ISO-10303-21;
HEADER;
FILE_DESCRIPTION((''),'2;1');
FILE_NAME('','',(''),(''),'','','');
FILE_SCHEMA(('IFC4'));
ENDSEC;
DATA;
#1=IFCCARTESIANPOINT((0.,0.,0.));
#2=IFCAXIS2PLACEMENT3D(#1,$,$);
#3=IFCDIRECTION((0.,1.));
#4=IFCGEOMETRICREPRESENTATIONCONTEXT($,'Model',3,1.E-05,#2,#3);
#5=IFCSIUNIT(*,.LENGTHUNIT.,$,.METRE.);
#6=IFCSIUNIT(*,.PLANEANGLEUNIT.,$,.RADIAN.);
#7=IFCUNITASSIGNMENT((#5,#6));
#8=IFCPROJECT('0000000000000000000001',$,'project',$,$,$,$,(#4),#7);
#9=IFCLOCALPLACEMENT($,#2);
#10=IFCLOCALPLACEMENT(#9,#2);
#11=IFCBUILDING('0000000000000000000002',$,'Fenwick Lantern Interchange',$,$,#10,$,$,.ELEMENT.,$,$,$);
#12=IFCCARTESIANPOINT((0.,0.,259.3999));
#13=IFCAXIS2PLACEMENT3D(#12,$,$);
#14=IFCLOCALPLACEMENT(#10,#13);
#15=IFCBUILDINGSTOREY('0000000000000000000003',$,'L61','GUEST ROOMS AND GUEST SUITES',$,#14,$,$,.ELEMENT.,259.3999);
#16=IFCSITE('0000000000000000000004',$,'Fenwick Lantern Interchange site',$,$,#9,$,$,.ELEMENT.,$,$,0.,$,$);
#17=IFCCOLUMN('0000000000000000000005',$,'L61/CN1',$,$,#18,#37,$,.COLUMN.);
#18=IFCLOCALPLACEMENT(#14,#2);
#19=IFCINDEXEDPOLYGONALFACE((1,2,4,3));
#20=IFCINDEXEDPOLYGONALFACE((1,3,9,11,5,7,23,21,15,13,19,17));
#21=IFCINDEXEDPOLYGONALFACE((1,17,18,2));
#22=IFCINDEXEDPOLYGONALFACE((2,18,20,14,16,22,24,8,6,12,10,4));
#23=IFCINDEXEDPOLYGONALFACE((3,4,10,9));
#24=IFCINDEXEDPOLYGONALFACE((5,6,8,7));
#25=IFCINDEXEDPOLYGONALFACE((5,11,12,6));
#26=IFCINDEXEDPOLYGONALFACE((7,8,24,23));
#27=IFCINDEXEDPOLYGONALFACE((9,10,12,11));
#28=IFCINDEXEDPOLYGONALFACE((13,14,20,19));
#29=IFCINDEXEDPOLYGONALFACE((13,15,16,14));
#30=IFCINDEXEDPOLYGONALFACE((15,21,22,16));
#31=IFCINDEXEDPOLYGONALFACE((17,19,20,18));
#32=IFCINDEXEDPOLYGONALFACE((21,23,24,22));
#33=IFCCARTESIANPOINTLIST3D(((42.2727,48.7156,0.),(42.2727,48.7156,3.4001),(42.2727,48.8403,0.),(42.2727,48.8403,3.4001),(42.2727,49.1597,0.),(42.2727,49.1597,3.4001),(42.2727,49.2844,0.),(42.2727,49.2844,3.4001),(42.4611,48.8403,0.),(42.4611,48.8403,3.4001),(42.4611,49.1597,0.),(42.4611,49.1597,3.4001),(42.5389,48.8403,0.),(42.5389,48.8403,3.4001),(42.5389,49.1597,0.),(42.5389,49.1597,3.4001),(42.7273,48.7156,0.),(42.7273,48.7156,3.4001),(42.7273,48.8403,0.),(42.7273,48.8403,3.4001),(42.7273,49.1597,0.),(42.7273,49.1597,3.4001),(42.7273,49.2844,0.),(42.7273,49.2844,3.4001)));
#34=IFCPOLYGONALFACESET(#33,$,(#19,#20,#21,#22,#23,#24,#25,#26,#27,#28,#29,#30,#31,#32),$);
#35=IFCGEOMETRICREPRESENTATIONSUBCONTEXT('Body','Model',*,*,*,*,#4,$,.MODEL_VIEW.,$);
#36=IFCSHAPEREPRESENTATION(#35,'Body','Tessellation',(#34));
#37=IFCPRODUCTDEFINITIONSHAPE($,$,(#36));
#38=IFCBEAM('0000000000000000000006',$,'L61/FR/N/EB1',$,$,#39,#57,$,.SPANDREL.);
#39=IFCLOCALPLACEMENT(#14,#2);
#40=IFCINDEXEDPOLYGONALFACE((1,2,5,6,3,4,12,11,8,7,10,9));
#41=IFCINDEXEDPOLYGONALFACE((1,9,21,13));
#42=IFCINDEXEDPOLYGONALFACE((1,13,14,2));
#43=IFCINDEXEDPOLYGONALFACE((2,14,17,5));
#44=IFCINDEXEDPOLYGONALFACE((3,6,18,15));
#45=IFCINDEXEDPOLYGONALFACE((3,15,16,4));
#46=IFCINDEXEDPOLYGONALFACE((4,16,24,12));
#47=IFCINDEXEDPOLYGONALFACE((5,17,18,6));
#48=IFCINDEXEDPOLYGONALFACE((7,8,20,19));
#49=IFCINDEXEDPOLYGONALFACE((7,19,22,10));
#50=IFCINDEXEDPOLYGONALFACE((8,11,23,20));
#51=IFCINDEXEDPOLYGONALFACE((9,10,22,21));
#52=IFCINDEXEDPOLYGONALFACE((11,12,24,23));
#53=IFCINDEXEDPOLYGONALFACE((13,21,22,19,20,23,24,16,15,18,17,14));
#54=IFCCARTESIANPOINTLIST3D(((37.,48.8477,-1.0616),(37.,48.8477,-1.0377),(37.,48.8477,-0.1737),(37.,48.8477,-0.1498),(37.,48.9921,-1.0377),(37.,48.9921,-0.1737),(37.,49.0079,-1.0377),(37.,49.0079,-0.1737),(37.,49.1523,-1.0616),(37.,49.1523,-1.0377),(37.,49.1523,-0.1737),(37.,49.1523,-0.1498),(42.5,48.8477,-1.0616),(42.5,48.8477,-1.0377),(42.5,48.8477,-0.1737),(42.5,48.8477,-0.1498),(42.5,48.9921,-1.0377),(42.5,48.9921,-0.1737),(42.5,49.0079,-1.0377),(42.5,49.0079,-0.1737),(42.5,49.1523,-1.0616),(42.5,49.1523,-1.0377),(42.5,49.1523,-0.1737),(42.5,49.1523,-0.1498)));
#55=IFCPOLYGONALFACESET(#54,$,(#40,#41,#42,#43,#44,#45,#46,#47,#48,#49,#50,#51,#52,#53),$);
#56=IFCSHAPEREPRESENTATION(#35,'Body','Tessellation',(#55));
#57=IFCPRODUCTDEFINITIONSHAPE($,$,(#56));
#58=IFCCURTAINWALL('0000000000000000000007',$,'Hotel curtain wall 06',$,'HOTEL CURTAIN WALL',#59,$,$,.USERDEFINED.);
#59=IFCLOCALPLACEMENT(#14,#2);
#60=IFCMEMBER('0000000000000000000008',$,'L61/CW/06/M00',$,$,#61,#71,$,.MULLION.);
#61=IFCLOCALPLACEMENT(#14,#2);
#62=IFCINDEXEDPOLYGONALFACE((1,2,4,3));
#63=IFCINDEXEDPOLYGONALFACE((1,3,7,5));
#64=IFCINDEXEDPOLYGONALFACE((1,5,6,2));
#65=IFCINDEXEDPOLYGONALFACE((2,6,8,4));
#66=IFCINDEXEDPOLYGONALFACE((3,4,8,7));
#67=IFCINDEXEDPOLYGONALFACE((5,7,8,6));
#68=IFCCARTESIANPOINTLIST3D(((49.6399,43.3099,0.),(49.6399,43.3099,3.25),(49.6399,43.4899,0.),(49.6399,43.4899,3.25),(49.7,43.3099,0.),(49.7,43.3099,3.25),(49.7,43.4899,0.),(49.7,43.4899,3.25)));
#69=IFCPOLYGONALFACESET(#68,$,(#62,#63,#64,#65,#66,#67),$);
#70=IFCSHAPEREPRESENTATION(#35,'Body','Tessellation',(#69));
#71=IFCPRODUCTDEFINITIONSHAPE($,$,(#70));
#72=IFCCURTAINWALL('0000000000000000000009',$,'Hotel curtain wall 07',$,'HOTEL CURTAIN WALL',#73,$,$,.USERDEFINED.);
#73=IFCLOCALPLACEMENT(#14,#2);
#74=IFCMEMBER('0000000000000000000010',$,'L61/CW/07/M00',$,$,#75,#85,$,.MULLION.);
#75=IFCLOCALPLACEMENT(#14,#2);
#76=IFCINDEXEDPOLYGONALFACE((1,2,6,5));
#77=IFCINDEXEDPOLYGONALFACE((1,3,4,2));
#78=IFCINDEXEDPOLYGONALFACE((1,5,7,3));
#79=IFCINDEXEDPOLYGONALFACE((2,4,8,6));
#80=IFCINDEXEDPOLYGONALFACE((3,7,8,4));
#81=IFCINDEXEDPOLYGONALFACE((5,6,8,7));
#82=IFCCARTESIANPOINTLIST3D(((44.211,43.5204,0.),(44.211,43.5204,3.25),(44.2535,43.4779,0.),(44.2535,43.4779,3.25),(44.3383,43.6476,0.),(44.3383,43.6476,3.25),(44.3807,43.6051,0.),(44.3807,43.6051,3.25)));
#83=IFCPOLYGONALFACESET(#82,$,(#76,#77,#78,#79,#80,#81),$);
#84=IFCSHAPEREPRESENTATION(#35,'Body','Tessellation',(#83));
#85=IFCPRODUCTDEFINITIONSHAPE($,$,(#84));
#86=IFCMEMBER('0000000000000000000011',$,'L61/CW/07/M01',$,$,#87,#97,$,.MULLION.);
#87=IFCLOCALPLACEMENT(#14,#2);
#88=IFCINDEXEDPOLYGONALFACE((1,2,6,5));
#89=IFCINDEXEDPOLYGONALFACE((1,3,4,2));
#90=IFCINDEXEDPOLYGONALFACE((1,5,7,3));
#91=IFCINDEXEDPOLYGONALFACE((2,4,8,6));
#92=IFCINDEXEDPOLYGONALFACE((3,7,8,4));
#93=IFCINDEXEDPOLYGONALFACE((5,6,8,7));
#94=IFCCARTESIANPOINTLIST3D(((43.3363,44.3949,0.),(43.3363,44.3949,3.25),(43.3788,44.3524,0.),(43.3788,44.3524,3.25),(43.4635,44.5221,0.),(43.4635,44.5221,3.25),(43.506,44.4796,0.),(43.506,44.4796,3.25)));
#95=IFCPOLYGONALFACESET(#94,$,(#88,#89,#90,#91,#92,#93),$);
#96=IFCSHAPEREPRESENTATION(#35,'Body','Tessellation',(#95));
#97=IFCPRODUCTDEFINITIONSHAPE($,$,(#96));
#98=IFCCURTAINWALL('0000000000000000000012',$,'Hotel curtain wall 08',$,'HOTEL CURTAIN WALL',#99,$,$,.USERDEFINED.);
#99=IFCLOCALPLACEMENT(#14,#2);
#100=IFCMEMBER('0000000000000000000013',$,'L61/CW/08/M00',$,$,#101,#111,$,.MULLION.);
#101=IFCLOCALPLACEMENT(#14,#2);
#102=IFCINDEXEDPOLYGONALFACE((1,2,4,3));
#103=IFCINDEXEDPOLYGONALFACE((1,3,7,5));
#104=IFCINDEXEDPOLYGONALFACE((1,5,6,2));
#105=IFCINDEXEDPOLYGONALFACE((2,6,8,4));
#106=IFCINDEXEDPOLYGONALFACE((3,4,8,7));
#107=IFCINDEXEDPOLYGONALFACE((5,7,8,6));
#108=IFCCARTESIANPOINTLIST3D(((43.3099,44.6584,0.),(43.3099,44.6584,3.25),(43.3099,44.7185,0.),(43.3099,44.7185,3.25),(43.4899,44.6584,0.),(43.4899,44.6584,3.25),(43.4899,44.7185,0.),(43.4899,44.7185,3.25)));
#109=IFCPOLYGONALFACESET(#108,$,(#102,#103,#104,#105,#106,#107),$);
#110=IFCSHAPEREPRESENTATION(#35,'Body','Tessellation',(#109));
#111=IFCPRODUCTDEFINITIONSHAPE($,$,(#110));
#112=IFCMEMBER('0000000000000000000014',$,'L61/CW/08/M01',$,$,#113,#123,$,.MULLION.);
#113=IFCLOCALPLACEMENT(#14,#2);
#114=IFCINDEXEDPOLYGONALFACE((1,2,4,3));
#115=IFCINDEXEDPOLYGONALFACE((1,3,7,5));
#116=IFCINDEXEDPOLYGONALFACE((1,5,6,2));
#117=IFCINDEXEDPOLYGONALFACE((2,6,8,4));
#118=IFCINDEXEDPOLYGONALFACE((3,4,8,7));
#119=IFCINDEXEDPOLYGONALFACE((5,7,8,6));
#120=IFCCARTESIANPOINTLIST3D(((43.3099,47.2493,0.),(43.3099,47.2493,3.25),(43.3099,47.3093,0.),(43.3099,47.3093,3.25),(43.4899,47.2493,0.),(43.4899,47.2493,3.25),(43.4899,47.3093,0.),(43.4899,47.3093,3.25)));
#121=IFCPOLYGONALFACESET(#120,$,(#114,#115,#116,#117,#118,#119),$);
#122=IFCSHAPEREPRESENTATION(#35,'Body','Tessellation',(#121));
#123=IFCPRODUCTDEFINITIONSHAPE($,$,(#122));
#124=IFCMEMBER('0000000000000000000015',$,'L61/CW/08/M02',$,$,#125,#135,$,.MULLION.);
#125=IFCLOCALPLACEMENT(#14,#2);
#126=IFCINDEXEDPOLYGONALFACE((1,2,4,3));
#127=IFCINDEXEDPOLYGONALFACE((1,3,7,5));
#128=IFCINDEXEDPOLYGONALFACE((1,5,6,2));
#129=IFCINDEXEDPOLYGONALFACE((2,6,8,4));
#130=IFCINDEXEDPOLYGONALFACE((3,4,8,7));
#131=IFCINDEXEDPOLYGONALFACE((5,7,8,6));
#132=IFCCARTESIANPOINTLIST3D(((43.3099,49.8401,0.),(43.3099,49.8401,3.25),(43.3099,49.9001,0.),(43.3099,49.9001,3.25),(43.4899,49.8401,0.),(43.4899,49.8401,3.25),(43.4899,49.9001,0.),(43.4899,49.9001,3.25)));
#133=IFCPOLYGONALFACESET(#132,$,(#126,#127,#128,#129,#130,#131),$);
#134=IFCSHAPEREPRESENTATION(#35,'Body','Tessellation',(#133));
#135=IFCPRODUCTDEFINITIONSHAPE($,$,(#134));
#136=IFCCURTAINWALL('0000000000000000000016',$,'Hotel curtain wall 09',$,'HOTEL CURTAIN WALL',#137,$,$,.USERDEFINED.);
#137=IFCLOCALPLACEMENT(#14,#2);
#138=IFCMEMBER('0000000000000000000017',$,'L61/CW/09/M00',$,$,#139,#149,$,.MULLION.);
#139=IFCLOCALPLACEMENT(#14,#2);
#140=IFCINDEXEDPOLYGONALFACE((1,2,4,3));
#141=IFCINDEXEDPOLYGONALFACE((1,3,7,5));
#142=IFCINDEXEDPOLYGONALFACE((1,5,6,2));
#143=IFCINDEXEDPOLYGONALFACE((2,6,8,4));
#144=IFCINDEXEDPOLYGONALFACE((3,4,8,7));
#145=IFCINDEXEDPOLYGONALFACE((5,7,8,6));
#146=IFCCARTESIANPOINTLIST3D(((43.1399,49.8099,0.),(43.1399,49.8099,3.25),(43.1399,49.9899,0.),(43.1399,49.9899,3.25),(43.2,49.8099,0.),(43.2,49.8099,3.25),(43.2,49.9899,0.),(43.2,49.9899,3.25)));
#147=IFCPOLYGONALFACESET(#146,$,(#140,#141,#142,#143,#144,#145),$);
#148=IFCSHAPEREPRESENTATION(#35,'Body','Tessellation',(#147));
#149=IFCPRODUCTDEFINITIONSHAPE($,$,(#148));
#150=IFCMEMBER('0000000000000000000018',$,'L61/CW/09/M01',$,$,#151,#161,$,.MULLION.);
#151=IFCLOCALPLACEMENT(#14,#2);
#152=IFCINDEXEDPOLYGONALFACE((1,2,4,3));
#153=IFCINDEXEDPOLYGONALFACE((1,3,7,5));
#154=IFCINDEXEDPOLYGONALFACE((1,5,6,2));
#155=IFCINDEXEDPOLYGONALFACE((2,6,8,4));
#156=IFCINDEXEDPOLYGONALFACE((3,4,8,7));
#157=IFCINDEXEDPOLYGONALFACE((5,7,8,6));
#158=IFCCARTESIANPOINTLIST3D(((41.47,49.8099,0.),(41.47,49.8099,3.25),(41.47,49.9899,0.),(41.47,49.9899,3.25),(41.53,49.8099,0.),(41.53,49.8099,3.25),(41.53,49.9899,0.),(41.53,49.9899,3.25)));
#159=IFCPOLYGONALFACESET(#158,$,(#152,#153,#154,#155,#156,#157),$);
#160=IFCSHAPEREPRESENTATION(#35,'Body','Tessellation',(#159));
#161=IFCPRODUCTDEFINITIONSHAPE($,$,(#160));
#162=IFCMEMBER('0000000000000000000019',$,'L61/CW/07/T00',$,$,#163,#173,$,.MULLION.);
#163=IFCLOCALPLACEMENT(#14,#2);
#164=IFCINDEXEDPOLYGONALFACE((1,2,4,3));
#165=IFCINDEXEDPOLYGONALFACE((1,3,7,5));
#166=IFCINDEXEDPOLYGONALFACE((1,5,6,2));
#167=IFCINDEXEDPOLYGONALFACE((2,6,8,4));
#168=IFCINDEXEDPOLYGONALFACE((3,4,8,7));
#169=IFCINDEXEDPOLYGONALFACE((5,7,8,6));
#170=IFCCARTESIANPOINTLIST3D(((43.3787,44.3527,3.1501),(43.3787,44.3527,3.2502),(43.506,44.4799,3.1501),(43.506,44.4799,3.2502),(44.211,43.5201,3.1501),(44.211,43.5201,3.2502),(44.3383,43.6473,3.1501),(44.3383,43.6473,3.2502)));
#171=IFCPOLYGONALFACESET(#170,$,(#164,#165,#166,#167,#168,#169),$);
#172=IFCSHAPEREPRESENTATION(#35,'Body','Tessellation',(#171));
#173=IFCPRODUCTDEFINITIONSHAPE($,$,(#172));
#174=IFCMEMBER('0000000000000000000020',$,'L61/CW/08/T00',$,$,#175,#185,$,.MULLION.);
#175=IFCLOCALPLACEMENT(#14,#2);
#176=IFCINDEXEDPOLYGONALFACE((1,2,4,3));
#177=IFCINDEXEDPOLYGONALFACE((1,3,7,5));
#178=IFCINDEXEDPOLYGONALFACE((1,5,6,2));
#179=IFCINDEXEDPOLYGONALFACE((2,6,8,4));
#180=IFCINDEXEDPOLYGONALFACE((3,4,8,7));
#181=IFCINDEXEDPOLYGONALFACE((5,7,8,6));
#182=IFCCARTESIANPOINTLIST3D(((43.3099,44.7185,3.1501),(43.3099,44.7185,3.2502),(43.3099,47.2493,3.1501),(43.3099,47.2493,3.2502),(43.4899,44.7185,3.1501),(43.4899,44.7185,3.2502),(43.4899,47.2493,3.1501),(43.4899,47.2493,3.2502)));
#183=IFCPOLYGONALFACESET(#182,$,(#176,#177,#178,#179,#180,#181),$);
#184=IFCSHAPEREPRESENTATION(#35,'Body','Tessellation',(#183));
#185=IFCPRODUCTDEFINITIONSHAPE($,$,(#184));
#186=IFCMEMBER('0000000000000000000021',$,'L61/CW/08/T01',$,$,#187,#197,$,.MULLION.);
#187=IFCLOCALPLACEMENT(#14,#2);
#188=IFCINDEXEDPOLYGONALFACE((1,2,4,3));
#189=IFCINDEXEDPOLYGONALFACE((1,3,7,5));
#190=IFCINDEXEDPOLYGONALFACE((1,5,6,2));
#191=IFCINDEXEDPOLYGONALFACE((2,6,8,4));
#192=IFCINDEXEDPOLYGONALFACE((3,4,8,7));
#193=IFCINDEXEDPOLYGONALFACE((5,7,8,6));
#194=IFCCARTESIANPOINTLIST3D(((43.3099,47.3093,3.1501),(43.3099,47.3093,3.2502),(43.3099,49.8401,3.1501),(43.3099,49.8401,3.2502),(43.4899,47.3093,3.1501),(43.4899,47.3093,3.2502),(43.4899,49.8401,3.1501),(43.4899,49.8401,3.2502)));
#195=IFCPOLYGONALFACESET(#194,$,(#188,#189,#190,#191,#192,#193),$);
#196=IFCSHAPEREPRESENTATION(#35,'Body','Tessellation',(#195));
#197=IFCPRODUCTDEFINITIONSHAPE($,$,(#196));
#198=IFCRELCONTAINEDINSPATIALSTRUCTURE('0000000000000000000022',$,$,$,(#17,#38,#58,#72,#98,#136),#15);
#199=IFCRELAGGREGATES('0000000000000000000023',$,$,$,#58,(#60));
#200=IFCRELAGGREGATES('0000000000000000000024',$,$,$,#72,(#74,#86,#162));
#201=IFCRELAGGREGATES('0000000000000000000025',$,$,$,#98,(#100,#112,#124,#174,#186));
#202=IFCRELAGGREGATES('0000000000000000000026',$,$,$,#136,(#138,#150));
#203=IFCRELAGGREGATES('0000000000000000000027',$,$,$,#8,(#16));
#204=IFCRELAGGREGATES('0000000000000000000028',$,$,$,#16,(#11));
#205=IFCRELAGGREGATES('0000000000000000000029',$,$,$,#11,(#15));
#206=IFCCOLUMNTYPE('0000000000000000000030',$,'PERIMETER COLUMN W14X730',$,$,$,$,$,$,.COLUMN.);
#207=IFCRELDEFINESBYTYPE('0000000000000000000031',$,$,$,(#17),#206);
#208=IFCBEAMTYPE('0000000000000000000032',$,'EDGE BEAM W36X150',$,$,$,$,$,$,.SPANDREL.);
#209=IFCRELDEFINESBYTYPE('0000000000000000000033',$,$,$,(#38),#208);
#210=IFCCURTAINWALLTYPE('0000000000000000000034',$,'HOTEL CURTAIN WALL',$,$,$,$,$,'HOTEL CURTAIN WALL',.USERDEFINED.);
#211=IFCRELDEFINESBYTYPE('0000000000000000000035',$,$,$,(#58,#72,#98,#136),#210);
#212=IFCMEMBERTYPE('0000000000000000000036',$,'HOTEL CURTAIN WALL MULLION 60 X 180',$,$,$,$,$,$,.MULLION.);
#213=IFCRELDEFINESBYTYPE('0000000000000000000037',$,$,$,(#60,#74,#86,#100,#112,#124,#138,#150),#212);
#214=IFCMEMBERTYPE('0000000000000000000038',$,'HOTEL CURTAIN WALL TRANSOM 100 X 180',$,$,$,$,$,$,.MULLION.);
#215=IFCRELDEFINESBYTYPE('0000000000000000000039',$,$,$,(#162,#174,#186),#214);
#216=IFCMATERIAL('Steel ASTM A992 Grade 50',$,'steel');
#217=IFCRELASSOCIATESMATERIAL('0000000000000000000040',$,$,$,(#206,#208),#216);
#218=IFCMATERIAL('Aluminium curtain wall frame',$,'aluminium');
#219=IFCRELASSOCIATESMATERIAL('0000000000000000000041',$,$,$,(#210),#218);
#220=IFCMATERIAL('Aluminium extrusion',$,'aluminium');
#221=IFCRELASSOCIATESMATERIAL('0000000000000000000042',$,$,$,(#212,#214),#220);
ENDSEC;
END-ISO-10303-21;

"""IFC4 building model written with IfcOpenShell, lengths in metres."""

from ifc_helpers import new_model, si_unit, direction, frame, origin, origin_2d, place, context, subcontext, project, spatial, rectangle, i_section, extrude, material, material_profile, profile_set, type_object, element, aggregate, save


model = new_model("IFC4")

# Units and contexts
model_context = context("Model", 3, precision=1e-05, world=origin(), true_north=direction((0.0, 1.0)))
body_context = subcontext(model_context, "Body", "Model", "MODEL_VIEW")
ifc_project = project(units=[si_unit("LENGTHUNIT", "METRE"), si_unit("PLANEANGLEUNIT", "RADIAN")], contexts=[model_context])

# Site, building, storey
site_placement = place(None, origin())
site = spatial("IfcSite", under=ifc_project, at=site_placement, Name="Fenwick Lantern Interchange site", CompositionType="ELEMENT", RefElevation=0.0)
building_placement = place(site_placement, origin())
building = spatial("IfcBuilding", under=site, at=building_placement, Name="Fenwick Lantern Interchange", CompositionType="ELEMENT")
storey_placement = place(building_placement, frame((0.0, 0.0, 259.3999)))
storey = spatial("IfcBuildingStorey", under=building, at=storey_placement, Name="L61", Description="GUEST ROOMS AND GUEST SUITES", CompositionType="ELEMENT", Elevation=259.3999)

# Column
ifc_material_1 = material(Name="Steel ASTM A992 Grade 50", Category="steel")
ifc_material_profile_1 = material_profile(ifc_material_1, i_section(OverallWidth=0.4546, OverallDepth=0.5688, WebThickness=0.0779, FlangeThickness=0.1248, at=origin_2d()), Name="W14X730")
ifc_profile_set_1 = profile_set([ifc_material_profile_1], Name="Steel ASTM A992 Grade 50")
column_type = type_object("IfcColumnType", Name="PERIMETER COLUMN W14X730", PredefinedType="COLUMN", material=ifc_profile_set_1)
column_placement = place(storey_placement, frame((42.5, 49.0, 0.0), z_axis=(0.0, 0.0, 1.0), x_axis=(1.0, 0.0, 0.0)))
element("IfcColumn", 1, at=column_placement, inside=storey, type_object=column_type, Name="L61/CN1", PredefinedType="COLUMN", context=body_context, shape_type="SweptSolid", body=[
    extrude(i_section(OverallWidth=0.4546, OverallDepth=0.5688, WebThickness=0.0779, FlangeThickness=0.1248, at=origin_2d()), origin(), (0.0, 0.0, 1.0), 3.4001),
])

# Beam
ifc_material_profile_2 = material_profile(ifc_material_1, i_section(OverallWidth=0.3047, OverallDepth=0.9119, WebThickness=0.0159, FlangeThickness=0.0239, at=origin_2d()), Name="W36X150")
ifc_profile_set_2 = profile_set([ifc_material_profile_2], Name="Steel ASTM A992 Grade 50")
beam_type = type_object("IfcBeamType", Name="EDGE BEAM W36X150", PredefinedType="SPANDREL", material=ifc_profile_set_2)
beam_placement = place(storey_placement, frame((42.5, 49.0, -0.6057), z_axis=(-1.0, 0.0, 0.0), x_axis=(0.0, -1.0, 0.0)))
element("IfcBeam", 2, at=beam_placement, inside=storey, type_object=beam_type, Name="L61/FR/N/EB1", PredefinedType="SPANDREL", context=body_context, shape_type="SweptSolid", body=[
    extrude(i_section(OverallWidth=0.3047, OverallDepth=0.9119, WebThickness=0.0159, FlangeThickness=0.0239, at=origin_2d()), origin(), (0.0, 0.0, 1.0), 5.5),
])

# Curtain wall, member
ifc_material_2 = material(Name="Aluminium curtain wall frame", Category="aluminium")
curtain_wall_type = type_object("IfcCurtainWallType", Name="HOTEL CURTAIN WALL", ElementType="HOTEL CURTAIN WALL", PredefinedType="USERDEFINED", material=ifc_material_2)
curtain_wall_1_placement = place(storey_placement, origin())
curtain_wall_1 = element("IfcCurtainWall", 3, at=curtain_wall_1_placement, inside=storey, type_object=curtain_wall_type, Name="Hotel curtain wall 06", ObjectType="HOTEL CURTAIN WALL", PredefinedType="USERDEFINED")
ifc_material_3 = material(Name="Aluminium extrusion", Category="aluminium")
ifc_material_profile_3 = material_profile(ifc_material_3, rectangle(XDim=0.1799, YDim=0.0601, at=origin_2d()), Name="HOTEL CURTAIN WALL MULLION 60 X 180")
ifc_profile_set_3 = profile_set([ifc_material_profile_3], Name="Aluminium extrusion")
member_type_1 = type_object("IfcMemberType", Name="HOTEL CURTAIN WALL MULLION 60 X 180", PredefinedType="MULLION", material=ifc_profile_set_3)
member_1_placement = place(storey_placement, frame((49.6699, 43.3999, 0.0), z_axis=(0.0, 0.0, 1.0), x_axis=(0.0, -1.0, 0.0)))
member_1 = element("IfcMember", 4, at=member_1_placement, type_object=member_type_1, Name="L61/CW/06/M00", PredefinedType="MULLION", context=body_context, shape_type="SweptSolid", body=[
    extrude(rectangle(XDim=0.1799, YDim=0.0601, at=origin_2d()), origin(), (0.0, 0.0, 1.0), 3.25),
])
aggregate(curtain_wall_1, [member_1])

# Curtain walls, members
curtain_wall_2_placement = place(storey_placement, origin())
curtain_wall_2 = element("IfcCurtainWall", 5, at=curtain_wall_2_placement, inside=storey, type_object=curtain_wall_type, Name="Hotel curtain wall 07", ObjectType="HOTEL CURTAIN WALL", PredefinedType="USERDEFINED")
member_2_placement = place(storey_placement, frame((44.2959, 43.5627, 0.0), z_axis=(0.0, 0.0, 1.0), x_axis=(-0.707107, -0.707107, 0.0)))
member_2 = element("IfcMember", 6, at=member_2_placement, type_object=member_type_1, Name="L61/CW/07/M00", PredefinedType="MULLION", context=body_context, shape_type="SweptSolid", body=[
    extrude(rectangle(XDim=0.1799, YDim=0.0601, at=origin_2d()), origin(), (0.0, 0.0, 1.0), 3.25),
])
member_3_placement = place(storey_placement, frame((43.4211, 44.4373, 0.0), z_axis=(0.0, 0.0, 1.0), x_axis=(-0.707107, -0.707107, 0.0)))
member_3 = element("IfcMember", 7, at=member_3_placement, type_object=member_type_1, Name="L61/CW/07/M01", PredefinedType="MULLION", context=body_context, shape_type="SweptSolid", body=[
    extrude(rectangle(XDim=0.1799, YDim=0.0601, at=origin_2d()), origin(), (0.0, 0.0, 1.0), 3.25),
])
curtain_wall_3_placement = place(storey_placement, origin())
curtain_wall_3 = element("IfcCurtainWall", 8, at=curtain_wall_3_placement, inside=storey, type_object=curtain_wall_type, Name="Hotel curtain wall 08", ObjectType="HOTEL CURTAIN WALL", PredefinedType="USERDEFINED")
member_4_placement = place(storey_placement, frame((43.3999, 44.6885, 0.0), z_axis=(0.0, 0.0, 1.0), x_axis=(-1.0, 0.0, 0.0)))
member_4 = element("IfcMember", 9, at=member_4_placement, type_object=member_type_1, Name="L61/CW/08/M00", PredefinedType="MULLION", context=body_context, shape_type="SweptSolid", body=[
    extrude(rectangle(XDim=0.1799, YDim=0.0601, at=origin_2d()), origin(), (0.0, 0.0, 1.0), 3.25),
])
member_5_placement = place(storey_placement, frame((43.3999, 47.2793, 0.0), z_axis=(0.0, 0.0, 1.0), x_axis=(-1.0, 0.0, 0.0)))
member_5 = element("IfcMember", 10, at=member_5_placement, type_object=member_type_1, Name="L61/CW/08/M01", PredefinedType="MULLION", context=body_context, shape_type="SweptSolid", body=[
    extrude(rectangle(XDim=0.1799, YDim=0.0601, at=origin_2d()), origin(), (0.0, 0.0, 1.0), 3.25),
])
member_6_placement = place(storey_placement, frame((43.3999, 49.8701, 0.0), z_axis=(0.0, 0.0, 1.0), x_axis=(-1.0, 0.0, 0.0)))
member_6 = element("IfcMember", 11, at=member_6_placement, type_object=member_type_1, Name="L61/CW/08/M02", PredefinedType="MULLION", context=body_context, shape_type="SweptSolid", body=[
    extrude(rectangle(XDim=0.1799, YDim=0.0601, at=origin_2d()), origin(), (0.0, 0.0, 1.0), 3.25),
])
curtain_wall_4_placement = place(storey_placement, origin())
curtain_wall_4 = element("IfcCurtainWall", 12, at=curtain_wall_4_placement, inside=storey, type_object=curtain_wall_type, Name="Hotel curtain wall 09", ObjectType="HOTEL CURTAIN WALL", PredefinedType="USERDEFINED")
member_7_placement = place(storey_placement, frame((43.1699, 49.8999, 0.0), z_axis=(0.0, 0.0, 1.0), x_axis=(0.0, -1.0, 0.0)))
member_7 = element("IfcMember", 13, at=member_7_placement, type_object=member_type_1, Name="L61/CW/09/M00", PredefinedType="MULLION", context=body_context, shape_type="SweptSolid", body=[
    extrude(rectangle(XDim=0.1799, YDim=0.0601, at=origin_2d()), origin(), (0.0, 0.0, 1.0), 3.25),
])
member_8_placement = place(storey_placement, frame((41.5, 49.8999, 0.0), z_axis=(0.0, 0.0, 1.0), x_axis=(0.0, -1.0, 0.0)))
member_8 = element("IfcMember", 14, at=member_8_placement, type_object=member_type_1, Name="L61/CW/09/M01", PredefinedType="MULLION", context=body_context, shape_type="SweptSolid", body=[
    extrude(rectangle(XDim=0.1799, YDim=0.0601, at=origin_2d()), origin(), (0.0, 0.0, 1.0), 3.25),
])

# Members
ifc_material_profile_4 = material_profile(ifc_material_3, rectangle(XDim=0.1799, YDim=0.1001, at=origin_2d()), Name="HOTEL CURTAIN WALL TRANSOM 100 X 180")
ifc_profile_set_4 = profile_set([ifc_material_profile_4], Name="Aluminium extrusion")
member_type_2 = type_object("IfcMemberType", Name="HOTEL CURTAIN WALL TRANSOM 100 X 180", PredefinedType="MULLION", material=ifc_profile_set_4)
member_9_placement = place(storey_placement, frame((44.2747, 43.5837, 3.2002), z_axis=(-0.707003, 0.70721, 0.0), x_axis=(-0.70721, -0.707003, 0.0)))
member_9 = element("IfcMember", 15, at=member_9_placement, type_object=member_type_2, Name="L61/CW/07/T00", PredefinedType="MULLION", context=body_context, shape_type="SweptSolid", body=[
    extrude(rectangle(XDim=0.1799, YDim=0.1001, at=origin_2d()), origin(), (0.0, 0.0, 1.0), 1.1772),
])
member_10_placement = place(storey_placement, frame((43.3999, 44.7185, 3.2002), z_axis=(0.0, 1.0, 0.0), x_axis=(-1.0, 0.0, 0.0)))
member_10 = element("IfcMember", 16, at=member_10_placement, type_object=member_type_2, Name="L61/CW/08/T00", PredefinedType="MULLION", context=body_context, shape_type="SweptSolid", body=[
    extrude(rectangle(XDim=0.1799, YDim=0.1001, at=origin_2d()), origin(), (0.0, 0.0, 1.0), 2.5308),
])
member_11_placement = place(storey_placement, frame((43.3999, 47.3093, 3.2002), z_axis=(0.0, 1.0, 0.0), x_axis=(-1.0, 0.0, 0.0)))
member_11 = element("IfcMember", 17, at=member_11_placement, type_object=member_type_2, Name="L61/CW/08/T01", PredefinedType="MULLION", context=body_context, shape_type="SweptSolid", body=[
    extrude(rectangle(XDim=0.1799, YDim=0.1001, at=origin_2d()), origin(), (0.0, 0.0, 1.0), 2.5308),
])

aggregate(curtain_wall_2, [member_2, member_3, member_9])
aggregate(curtain_wall_3, [member_4, member_5, member_6, member_10, member_11])
aggregate(curtain_wall_4, [member_7, member_8])

save(model, "model.ifc")
